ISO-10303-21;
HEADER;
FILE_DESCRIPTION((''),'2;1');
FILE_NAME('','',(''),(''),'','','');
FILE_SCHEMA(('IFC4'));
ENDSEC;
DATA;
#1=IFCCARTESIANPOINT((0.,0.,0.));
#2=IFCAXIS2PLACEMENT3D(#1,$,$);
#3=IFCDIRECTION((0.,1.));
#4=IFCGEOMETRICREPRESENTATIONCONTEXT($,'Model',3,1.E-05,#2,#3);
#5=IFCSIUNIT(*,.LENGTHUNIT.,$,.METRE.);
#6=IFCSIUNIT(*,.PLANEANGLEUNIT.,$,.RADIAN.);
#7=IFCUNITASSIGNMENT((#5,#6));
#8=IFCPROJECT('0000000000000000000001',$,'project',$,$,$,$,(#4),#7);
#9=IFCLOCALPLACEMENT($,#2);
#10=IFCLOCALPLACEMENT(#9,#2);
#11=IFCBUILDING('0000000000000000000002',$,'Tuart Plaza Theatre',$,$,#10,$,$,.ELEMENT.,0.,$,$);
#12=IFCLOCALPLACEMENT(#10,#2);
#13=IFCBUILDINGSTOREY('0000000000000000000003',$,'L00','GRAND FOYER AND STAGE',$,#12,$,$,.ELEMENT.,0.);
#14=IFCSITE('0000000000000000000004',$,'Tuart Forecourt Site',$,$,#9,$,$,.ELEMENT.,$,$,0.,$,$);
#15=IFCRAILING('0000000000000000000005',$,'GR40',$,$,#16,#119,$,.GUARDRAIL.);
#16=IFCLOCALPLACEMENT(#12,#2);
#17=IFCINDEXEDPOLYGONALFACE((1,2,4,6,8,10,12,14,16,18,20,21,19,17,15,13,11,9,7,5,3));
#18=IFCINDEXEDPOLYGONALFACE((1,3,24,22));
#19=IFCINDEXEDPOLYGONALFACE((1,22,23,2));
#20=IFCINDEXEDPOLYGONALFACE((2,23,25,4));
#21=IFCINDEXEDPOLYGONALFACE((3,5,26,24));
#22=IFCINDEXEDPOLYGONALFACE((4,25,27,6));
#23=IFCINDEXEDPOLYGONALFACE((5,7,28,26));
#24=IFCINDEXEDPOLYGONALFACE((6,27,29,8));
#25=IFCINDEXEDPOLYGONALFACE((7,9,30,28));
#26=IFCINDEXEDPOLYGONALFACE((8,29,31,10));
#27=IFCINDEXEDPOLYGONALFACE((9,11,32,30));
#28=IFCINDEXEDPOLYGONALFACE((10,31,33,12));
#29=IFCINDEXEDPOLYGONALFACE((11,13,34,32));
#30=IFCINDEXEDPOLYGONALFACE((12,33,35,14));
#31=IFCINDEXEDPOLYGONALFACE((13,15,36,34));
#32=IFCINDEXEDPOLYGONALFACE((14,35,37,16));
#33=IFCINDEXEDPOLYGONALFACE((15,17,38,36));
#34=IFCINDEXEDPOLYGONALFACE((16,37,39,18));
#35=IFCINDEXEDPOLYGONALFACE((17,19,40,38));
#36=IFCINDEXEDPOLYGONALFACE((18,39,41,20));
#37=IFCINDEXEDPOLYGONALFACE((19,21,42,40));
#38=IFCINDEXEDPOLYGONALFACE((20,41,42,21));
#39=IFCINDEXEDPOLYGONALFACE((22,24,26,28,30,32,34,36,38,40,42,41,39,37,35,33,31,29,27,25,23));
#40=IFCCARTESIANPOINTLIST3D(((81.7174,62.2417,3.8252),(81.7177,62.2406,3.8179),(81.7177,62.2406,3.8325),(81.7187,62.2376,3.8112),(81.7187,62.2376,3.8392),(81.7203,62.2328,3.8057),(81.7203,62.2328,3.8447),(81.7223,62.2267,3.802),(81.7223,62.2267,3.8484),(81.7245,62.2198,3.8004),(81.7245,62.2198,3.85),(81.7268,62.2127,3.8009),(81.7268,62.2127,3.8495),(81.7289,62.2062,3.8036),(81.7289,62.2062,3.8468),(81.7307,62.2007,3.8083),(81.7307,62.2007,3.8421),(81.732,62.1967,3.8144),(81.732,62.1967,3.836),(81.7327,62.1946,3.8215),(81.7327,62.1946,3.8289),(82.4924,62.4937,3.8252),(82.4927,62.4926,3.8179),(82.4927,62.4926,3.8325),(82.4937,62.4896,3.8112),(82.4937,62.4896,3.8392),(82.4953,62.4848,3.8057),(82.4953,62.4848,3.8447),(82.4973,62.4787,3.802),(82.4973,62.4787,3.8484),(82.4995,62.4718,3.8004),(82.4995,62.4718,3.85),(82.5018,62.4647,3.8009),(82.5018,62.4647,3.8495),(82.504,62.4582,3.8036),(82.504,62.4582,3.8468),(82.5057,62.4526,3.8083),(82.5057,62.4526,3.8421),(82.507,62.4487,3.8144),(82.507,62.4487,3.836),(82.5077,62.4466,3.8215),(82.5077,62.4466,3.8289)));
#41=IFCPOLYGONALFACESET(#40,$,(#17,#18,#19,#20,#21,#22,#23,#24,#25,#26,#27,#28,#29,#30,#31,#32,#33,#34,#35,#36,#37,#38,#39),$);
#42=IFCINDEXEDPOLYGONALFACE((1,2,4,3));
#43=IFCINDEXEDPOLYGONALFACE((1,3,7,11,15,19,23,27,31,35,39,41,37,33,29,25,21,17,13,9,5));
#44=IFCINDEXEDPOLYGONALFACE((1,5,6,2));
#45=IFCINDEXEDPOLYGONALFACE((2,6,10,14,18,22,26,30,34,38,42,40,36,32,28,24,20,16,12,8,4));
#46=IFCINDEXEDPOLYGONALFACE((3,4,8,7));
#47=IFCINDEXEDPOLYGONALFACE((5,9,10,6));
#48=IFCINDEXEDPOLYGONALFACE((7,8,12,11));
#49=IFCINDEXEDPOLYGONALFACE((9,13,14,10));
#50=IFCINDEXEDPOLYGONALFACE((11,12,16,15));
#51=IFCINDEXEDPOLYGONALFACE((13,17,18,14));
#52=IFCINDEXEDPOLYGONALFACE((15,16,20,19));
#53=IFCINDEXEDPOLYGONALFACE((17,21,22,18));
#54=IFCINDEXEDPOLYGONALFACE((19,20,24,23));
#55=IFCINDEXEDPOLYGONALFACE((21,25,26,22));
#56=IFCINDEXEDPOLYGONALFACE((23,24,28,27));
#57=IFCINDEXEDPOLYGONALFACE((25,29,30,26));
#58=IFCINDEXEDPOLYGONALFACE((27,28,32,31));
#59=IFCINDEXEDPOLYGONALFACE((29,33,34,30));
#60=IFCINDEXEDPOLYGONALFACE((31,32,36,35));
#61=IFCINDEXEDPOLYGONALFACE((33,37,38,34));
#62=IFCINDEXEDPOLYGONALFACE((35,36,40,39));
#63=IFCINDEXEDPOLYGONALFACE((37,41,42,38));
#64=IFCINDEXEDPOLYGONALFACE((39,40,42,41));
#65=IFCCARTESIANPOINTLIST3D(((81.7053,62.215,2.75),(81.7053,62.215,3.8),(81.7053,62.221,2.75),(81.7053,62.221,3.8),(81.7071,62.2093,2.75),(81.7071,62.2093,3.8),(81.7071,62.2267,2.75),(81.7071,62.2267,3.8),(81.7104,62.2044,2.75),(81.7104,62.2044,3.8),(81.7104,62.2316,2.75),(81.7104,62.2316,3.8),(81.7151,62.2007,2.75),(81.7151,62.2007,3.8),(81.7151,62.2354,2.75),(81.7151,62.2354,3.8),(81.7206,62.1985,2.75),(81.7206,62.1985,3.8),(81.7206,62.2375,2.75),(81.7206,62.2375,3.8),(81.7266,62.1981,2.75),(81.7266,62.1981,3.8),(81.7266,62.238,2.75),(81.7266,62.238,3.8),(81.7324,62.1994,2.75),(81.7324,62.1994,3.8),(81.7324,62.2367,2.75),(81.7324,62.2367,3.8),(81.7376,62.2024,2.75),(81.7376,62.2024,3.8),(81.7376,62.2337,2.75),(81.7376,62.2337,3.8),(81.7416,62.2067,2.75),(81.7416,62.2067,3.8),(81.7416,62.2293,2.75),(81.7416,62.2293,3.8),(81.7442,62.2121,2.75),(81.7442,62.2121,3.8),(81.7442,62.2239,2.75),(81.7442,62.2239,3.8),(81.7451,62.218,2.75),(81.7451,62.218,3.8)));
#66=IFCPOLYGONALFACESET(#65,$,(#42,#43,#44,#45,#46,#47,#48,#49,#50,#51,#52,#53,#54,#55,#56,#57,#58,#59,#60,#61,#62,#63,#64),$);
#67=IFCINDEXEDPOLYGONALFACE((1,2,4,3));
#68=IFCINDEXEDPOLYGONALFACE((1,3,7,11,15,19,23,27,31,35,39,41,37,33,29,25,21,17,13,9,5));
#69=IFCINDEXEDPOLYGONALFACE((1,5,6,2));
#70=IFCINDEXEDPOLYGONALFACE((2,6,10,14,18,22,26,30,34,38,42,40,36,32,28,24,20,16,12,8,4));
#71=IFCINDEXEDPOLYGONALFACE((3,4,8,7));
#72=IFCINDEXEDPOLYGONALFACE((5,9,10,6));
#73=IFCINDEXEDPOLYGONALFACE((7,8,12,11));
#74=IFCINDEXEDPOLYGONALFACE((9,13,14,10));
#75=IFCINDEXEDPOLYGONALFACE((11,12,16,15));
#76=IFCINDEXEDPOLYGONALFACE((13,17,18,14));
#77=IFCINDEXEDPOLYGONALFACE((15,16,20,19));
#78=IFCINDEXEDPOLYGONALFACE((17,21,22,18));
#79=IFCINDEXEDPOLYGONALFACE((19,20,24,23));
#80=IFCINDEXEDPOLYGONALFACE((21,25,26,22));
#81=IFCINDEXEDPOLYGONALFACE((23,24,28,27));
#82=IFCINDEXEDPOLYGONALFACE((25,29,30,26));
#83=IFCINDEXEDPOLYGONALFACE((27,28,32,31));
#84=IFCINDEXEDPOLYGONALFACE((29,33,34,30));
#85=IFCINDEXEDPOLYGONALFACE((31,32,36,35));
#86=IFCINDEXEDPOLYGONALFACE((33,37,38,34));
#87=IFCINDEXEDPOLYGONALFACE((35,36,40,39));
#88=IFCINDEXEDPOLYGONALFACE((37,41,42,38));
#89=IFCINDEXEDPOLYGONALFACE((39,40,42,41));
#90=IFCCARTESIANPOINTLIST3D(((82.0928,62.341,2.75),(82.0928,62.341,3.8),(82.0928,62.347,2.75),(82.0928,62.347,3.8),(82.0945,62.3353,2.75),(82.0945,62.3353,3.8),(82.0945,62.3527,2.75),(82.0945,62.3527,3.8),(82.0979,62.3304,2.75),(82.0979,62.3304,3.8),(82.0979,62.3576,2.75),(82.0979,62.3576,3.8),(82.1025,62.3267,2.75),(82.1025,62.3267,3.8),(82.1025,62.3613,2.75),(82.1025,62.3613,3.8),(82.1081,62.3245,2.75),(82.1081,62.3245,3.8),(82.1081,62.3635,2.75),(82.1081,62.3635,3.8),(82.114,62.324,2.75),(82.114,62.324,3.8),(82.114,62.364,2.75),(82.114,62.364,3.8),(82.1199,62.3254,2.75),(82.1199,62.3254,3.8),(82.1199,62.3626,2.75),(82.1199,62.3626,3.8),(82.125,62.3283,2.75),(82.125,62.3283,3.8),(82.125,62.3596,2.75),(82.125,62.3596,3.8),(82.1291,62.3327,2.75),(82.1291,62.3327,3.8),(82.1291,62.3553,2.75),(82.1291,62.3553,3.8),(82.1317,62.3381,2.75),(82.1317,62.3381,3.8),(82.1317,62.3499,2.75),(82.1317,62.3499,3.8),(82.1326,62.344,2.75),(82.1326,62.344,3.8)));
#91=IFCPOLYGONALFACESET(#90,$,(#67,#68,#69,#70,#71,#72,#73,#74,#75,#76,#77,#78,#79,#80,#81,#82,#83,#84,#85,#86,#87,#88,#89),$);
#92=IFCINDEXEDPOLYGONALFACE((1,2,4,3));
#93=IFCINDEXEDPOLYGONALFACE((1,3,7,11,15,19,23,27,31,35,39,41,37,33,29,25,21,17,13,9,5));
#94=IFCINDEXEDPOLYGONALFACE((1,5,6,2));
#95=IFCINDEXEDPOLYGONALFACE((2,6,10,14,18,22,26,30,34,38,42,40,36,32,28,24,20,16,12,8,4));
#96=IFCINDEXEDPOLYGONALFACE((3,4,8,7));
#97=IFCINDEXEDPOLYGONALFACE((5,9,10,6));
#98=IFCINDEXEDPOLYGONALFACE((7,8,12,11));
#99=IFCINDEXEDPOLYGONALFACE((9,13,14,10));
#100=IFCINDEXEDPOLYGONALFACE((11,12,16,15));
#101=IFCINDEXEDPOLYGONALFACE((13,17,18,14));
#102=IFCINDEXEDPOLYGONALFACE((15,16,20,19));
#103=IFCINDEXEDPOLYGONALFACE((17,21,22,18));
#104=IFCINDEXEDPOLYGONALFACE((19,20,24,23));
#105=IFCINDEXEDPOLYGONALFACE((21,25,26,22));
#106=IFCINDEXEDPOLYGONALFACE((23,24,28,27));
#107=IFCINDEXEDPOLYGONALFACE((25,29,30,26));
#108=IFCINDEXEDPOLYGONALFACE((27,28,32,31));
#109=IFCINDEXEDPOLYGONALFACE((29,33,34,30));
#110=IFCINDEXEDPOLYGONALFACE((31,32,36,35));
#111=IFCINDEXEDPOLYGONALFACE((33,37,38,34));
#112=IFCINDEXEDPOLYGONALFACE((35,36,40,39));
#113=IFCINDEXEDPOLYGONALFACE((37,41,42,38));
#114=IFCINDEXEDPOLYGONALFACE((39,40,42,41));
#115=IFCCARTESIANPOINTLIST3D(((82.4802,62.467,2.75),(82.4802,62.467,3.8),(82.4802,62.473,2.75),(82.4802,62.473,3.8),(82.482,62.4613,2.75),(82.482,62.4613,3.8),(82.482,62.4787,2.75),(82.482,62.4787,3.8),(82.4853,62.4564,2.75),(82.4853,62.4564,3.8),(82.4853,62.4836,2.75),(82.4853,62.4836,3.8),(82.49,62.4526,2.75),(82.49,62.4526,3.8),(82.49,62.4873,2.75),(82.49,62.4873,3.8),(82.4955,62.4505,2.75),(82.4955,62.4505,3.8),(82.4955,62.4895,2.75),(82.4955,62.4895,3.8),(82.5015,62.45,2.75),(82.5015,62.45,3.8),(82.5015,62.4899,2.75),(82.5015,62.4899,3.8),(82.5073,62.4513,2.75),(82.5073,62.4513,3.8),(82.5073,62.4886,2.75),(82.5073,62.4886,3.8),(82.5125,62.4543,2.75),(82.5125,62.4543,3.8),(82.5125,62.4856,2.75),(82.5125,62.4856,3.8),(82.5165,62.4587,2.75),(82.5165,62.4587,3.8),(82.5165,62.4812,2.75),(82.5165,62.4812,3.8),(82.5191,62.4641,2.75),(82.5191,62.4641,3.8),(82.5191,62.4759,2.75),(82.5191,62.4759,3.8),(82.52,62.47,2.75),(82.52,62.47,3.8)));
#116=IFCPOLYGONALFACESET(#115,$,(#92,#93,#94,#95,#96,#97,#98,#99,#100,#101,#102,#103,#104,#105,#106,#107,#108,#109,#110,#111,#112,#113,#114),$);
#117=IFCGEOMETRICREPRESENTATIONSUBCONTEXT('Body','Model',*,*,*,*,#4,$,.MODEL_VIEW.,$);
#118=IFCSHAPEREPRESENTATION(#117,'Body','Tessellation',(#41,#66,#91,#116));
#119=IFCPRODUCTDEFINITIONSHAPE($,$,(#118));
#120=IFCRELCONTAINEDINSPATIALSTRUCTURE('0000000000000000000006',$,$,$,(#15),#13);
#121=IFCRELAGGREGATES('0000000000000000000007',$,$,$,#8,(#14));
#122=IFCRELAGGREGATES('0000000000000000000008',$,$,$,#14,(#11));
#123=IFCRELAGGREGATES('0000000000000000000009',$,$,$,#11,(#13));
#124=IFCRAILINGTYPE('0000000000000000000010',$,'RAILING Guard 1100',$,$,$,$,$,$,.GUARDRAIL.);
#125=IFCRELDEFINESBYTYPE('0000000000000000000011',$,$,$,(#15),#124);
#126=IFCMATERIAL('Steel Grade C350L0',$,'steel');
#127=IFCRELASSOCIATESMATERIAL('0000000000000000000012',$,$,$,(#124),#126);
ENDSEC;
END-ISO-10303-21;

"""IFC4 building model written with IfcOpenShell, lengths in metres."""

from ifc_helpers import new_model, si_unit, direction, frame, origin, origin_2d, place, context, subcontext, project, spatial, circle, extrude, material, type_object, element, save


model = new_model("IFC4")

# Units and contexts
model_context = context("Model", 3, precision=1e-05, world=origin(), true_north=direction((0.0, 1.0)))
body_context = subcontext(model_context, "Body", "Model", "MODEL_VIEW")
ifc_project = project(units=[si_unit("LENGTHUNIT", "METRE"), si_unit("PLANEANGLEUNIT", "RADIAN")], contexts=[model_context])

# Site, building, storey
site_placement = place(None, origin())
site = spatial("IfcSite", under=ifc_project, at=site_placement, Name="Tuart Forecourt Site", CompositionType="ELEMENT", RefElevation=0.0)
building_placement = place(site_placement, origin())
building = spatial("IfcBuilding", under=site, at=building_placement, Name="Tuart Plaza Theatre", CompositionType="ELEMENT", ElevationOfRefHeight=0.0)
storey_placement = place(building_placement, origin())
storey = spatial("IfcBuildingStorey", under=building, at=storey_placement, Name="L00", Description="GRAND FOYER AND STAGE", CompositionType="ELEMENT", Elevation=0.0)

# Railing
ifc_material_1 = material(Name="Steel Grade C350L0", Category="steel")
railing_type_1 = type_object("IfcRailingType", Name="RAILING Guard 1100", PredefinedType="GUARDRAIL", material=ifc_material_1)
railing_1_placement = place(storey_placement, frame((81.7251, 62.218, 2.75)))
element("IfcRailing", 1, at=railing_1_placement, inside=storey, type_object=railing_type_1, Name="GR40", PredefinedType="GUARDRAIL", context=body_context, shape_type="SweptSolid", body=[
    extrude(circle(Radius=0.0249, at=origin_2d()), frame((0.0, 0.0, 1.0752), z_axis=(0.950994, 0.309208, 0.0), x_axis=(-0.309208, 0.950994, 0.0)), (0.0, 0.0, 1.0), 0.8149),
    extrude(circle(Radius=0.02, at=origin_2d()), origin(), (0.0, 0.0, 1.0), 1.05),
    extrude(circle(Radius=0.02, at=origin_2d()), frame((0.3875, 0.126, 0.0)), (0.0, 0.0, 1.0), 1.05),
    extrude(circle(Radius=0.02, at=origin_2d()), frame((0.7749, 0.252, 0.0)), (0.0, 0.0, 1.0), 1.05),
])

save(model, "model.ifc")
